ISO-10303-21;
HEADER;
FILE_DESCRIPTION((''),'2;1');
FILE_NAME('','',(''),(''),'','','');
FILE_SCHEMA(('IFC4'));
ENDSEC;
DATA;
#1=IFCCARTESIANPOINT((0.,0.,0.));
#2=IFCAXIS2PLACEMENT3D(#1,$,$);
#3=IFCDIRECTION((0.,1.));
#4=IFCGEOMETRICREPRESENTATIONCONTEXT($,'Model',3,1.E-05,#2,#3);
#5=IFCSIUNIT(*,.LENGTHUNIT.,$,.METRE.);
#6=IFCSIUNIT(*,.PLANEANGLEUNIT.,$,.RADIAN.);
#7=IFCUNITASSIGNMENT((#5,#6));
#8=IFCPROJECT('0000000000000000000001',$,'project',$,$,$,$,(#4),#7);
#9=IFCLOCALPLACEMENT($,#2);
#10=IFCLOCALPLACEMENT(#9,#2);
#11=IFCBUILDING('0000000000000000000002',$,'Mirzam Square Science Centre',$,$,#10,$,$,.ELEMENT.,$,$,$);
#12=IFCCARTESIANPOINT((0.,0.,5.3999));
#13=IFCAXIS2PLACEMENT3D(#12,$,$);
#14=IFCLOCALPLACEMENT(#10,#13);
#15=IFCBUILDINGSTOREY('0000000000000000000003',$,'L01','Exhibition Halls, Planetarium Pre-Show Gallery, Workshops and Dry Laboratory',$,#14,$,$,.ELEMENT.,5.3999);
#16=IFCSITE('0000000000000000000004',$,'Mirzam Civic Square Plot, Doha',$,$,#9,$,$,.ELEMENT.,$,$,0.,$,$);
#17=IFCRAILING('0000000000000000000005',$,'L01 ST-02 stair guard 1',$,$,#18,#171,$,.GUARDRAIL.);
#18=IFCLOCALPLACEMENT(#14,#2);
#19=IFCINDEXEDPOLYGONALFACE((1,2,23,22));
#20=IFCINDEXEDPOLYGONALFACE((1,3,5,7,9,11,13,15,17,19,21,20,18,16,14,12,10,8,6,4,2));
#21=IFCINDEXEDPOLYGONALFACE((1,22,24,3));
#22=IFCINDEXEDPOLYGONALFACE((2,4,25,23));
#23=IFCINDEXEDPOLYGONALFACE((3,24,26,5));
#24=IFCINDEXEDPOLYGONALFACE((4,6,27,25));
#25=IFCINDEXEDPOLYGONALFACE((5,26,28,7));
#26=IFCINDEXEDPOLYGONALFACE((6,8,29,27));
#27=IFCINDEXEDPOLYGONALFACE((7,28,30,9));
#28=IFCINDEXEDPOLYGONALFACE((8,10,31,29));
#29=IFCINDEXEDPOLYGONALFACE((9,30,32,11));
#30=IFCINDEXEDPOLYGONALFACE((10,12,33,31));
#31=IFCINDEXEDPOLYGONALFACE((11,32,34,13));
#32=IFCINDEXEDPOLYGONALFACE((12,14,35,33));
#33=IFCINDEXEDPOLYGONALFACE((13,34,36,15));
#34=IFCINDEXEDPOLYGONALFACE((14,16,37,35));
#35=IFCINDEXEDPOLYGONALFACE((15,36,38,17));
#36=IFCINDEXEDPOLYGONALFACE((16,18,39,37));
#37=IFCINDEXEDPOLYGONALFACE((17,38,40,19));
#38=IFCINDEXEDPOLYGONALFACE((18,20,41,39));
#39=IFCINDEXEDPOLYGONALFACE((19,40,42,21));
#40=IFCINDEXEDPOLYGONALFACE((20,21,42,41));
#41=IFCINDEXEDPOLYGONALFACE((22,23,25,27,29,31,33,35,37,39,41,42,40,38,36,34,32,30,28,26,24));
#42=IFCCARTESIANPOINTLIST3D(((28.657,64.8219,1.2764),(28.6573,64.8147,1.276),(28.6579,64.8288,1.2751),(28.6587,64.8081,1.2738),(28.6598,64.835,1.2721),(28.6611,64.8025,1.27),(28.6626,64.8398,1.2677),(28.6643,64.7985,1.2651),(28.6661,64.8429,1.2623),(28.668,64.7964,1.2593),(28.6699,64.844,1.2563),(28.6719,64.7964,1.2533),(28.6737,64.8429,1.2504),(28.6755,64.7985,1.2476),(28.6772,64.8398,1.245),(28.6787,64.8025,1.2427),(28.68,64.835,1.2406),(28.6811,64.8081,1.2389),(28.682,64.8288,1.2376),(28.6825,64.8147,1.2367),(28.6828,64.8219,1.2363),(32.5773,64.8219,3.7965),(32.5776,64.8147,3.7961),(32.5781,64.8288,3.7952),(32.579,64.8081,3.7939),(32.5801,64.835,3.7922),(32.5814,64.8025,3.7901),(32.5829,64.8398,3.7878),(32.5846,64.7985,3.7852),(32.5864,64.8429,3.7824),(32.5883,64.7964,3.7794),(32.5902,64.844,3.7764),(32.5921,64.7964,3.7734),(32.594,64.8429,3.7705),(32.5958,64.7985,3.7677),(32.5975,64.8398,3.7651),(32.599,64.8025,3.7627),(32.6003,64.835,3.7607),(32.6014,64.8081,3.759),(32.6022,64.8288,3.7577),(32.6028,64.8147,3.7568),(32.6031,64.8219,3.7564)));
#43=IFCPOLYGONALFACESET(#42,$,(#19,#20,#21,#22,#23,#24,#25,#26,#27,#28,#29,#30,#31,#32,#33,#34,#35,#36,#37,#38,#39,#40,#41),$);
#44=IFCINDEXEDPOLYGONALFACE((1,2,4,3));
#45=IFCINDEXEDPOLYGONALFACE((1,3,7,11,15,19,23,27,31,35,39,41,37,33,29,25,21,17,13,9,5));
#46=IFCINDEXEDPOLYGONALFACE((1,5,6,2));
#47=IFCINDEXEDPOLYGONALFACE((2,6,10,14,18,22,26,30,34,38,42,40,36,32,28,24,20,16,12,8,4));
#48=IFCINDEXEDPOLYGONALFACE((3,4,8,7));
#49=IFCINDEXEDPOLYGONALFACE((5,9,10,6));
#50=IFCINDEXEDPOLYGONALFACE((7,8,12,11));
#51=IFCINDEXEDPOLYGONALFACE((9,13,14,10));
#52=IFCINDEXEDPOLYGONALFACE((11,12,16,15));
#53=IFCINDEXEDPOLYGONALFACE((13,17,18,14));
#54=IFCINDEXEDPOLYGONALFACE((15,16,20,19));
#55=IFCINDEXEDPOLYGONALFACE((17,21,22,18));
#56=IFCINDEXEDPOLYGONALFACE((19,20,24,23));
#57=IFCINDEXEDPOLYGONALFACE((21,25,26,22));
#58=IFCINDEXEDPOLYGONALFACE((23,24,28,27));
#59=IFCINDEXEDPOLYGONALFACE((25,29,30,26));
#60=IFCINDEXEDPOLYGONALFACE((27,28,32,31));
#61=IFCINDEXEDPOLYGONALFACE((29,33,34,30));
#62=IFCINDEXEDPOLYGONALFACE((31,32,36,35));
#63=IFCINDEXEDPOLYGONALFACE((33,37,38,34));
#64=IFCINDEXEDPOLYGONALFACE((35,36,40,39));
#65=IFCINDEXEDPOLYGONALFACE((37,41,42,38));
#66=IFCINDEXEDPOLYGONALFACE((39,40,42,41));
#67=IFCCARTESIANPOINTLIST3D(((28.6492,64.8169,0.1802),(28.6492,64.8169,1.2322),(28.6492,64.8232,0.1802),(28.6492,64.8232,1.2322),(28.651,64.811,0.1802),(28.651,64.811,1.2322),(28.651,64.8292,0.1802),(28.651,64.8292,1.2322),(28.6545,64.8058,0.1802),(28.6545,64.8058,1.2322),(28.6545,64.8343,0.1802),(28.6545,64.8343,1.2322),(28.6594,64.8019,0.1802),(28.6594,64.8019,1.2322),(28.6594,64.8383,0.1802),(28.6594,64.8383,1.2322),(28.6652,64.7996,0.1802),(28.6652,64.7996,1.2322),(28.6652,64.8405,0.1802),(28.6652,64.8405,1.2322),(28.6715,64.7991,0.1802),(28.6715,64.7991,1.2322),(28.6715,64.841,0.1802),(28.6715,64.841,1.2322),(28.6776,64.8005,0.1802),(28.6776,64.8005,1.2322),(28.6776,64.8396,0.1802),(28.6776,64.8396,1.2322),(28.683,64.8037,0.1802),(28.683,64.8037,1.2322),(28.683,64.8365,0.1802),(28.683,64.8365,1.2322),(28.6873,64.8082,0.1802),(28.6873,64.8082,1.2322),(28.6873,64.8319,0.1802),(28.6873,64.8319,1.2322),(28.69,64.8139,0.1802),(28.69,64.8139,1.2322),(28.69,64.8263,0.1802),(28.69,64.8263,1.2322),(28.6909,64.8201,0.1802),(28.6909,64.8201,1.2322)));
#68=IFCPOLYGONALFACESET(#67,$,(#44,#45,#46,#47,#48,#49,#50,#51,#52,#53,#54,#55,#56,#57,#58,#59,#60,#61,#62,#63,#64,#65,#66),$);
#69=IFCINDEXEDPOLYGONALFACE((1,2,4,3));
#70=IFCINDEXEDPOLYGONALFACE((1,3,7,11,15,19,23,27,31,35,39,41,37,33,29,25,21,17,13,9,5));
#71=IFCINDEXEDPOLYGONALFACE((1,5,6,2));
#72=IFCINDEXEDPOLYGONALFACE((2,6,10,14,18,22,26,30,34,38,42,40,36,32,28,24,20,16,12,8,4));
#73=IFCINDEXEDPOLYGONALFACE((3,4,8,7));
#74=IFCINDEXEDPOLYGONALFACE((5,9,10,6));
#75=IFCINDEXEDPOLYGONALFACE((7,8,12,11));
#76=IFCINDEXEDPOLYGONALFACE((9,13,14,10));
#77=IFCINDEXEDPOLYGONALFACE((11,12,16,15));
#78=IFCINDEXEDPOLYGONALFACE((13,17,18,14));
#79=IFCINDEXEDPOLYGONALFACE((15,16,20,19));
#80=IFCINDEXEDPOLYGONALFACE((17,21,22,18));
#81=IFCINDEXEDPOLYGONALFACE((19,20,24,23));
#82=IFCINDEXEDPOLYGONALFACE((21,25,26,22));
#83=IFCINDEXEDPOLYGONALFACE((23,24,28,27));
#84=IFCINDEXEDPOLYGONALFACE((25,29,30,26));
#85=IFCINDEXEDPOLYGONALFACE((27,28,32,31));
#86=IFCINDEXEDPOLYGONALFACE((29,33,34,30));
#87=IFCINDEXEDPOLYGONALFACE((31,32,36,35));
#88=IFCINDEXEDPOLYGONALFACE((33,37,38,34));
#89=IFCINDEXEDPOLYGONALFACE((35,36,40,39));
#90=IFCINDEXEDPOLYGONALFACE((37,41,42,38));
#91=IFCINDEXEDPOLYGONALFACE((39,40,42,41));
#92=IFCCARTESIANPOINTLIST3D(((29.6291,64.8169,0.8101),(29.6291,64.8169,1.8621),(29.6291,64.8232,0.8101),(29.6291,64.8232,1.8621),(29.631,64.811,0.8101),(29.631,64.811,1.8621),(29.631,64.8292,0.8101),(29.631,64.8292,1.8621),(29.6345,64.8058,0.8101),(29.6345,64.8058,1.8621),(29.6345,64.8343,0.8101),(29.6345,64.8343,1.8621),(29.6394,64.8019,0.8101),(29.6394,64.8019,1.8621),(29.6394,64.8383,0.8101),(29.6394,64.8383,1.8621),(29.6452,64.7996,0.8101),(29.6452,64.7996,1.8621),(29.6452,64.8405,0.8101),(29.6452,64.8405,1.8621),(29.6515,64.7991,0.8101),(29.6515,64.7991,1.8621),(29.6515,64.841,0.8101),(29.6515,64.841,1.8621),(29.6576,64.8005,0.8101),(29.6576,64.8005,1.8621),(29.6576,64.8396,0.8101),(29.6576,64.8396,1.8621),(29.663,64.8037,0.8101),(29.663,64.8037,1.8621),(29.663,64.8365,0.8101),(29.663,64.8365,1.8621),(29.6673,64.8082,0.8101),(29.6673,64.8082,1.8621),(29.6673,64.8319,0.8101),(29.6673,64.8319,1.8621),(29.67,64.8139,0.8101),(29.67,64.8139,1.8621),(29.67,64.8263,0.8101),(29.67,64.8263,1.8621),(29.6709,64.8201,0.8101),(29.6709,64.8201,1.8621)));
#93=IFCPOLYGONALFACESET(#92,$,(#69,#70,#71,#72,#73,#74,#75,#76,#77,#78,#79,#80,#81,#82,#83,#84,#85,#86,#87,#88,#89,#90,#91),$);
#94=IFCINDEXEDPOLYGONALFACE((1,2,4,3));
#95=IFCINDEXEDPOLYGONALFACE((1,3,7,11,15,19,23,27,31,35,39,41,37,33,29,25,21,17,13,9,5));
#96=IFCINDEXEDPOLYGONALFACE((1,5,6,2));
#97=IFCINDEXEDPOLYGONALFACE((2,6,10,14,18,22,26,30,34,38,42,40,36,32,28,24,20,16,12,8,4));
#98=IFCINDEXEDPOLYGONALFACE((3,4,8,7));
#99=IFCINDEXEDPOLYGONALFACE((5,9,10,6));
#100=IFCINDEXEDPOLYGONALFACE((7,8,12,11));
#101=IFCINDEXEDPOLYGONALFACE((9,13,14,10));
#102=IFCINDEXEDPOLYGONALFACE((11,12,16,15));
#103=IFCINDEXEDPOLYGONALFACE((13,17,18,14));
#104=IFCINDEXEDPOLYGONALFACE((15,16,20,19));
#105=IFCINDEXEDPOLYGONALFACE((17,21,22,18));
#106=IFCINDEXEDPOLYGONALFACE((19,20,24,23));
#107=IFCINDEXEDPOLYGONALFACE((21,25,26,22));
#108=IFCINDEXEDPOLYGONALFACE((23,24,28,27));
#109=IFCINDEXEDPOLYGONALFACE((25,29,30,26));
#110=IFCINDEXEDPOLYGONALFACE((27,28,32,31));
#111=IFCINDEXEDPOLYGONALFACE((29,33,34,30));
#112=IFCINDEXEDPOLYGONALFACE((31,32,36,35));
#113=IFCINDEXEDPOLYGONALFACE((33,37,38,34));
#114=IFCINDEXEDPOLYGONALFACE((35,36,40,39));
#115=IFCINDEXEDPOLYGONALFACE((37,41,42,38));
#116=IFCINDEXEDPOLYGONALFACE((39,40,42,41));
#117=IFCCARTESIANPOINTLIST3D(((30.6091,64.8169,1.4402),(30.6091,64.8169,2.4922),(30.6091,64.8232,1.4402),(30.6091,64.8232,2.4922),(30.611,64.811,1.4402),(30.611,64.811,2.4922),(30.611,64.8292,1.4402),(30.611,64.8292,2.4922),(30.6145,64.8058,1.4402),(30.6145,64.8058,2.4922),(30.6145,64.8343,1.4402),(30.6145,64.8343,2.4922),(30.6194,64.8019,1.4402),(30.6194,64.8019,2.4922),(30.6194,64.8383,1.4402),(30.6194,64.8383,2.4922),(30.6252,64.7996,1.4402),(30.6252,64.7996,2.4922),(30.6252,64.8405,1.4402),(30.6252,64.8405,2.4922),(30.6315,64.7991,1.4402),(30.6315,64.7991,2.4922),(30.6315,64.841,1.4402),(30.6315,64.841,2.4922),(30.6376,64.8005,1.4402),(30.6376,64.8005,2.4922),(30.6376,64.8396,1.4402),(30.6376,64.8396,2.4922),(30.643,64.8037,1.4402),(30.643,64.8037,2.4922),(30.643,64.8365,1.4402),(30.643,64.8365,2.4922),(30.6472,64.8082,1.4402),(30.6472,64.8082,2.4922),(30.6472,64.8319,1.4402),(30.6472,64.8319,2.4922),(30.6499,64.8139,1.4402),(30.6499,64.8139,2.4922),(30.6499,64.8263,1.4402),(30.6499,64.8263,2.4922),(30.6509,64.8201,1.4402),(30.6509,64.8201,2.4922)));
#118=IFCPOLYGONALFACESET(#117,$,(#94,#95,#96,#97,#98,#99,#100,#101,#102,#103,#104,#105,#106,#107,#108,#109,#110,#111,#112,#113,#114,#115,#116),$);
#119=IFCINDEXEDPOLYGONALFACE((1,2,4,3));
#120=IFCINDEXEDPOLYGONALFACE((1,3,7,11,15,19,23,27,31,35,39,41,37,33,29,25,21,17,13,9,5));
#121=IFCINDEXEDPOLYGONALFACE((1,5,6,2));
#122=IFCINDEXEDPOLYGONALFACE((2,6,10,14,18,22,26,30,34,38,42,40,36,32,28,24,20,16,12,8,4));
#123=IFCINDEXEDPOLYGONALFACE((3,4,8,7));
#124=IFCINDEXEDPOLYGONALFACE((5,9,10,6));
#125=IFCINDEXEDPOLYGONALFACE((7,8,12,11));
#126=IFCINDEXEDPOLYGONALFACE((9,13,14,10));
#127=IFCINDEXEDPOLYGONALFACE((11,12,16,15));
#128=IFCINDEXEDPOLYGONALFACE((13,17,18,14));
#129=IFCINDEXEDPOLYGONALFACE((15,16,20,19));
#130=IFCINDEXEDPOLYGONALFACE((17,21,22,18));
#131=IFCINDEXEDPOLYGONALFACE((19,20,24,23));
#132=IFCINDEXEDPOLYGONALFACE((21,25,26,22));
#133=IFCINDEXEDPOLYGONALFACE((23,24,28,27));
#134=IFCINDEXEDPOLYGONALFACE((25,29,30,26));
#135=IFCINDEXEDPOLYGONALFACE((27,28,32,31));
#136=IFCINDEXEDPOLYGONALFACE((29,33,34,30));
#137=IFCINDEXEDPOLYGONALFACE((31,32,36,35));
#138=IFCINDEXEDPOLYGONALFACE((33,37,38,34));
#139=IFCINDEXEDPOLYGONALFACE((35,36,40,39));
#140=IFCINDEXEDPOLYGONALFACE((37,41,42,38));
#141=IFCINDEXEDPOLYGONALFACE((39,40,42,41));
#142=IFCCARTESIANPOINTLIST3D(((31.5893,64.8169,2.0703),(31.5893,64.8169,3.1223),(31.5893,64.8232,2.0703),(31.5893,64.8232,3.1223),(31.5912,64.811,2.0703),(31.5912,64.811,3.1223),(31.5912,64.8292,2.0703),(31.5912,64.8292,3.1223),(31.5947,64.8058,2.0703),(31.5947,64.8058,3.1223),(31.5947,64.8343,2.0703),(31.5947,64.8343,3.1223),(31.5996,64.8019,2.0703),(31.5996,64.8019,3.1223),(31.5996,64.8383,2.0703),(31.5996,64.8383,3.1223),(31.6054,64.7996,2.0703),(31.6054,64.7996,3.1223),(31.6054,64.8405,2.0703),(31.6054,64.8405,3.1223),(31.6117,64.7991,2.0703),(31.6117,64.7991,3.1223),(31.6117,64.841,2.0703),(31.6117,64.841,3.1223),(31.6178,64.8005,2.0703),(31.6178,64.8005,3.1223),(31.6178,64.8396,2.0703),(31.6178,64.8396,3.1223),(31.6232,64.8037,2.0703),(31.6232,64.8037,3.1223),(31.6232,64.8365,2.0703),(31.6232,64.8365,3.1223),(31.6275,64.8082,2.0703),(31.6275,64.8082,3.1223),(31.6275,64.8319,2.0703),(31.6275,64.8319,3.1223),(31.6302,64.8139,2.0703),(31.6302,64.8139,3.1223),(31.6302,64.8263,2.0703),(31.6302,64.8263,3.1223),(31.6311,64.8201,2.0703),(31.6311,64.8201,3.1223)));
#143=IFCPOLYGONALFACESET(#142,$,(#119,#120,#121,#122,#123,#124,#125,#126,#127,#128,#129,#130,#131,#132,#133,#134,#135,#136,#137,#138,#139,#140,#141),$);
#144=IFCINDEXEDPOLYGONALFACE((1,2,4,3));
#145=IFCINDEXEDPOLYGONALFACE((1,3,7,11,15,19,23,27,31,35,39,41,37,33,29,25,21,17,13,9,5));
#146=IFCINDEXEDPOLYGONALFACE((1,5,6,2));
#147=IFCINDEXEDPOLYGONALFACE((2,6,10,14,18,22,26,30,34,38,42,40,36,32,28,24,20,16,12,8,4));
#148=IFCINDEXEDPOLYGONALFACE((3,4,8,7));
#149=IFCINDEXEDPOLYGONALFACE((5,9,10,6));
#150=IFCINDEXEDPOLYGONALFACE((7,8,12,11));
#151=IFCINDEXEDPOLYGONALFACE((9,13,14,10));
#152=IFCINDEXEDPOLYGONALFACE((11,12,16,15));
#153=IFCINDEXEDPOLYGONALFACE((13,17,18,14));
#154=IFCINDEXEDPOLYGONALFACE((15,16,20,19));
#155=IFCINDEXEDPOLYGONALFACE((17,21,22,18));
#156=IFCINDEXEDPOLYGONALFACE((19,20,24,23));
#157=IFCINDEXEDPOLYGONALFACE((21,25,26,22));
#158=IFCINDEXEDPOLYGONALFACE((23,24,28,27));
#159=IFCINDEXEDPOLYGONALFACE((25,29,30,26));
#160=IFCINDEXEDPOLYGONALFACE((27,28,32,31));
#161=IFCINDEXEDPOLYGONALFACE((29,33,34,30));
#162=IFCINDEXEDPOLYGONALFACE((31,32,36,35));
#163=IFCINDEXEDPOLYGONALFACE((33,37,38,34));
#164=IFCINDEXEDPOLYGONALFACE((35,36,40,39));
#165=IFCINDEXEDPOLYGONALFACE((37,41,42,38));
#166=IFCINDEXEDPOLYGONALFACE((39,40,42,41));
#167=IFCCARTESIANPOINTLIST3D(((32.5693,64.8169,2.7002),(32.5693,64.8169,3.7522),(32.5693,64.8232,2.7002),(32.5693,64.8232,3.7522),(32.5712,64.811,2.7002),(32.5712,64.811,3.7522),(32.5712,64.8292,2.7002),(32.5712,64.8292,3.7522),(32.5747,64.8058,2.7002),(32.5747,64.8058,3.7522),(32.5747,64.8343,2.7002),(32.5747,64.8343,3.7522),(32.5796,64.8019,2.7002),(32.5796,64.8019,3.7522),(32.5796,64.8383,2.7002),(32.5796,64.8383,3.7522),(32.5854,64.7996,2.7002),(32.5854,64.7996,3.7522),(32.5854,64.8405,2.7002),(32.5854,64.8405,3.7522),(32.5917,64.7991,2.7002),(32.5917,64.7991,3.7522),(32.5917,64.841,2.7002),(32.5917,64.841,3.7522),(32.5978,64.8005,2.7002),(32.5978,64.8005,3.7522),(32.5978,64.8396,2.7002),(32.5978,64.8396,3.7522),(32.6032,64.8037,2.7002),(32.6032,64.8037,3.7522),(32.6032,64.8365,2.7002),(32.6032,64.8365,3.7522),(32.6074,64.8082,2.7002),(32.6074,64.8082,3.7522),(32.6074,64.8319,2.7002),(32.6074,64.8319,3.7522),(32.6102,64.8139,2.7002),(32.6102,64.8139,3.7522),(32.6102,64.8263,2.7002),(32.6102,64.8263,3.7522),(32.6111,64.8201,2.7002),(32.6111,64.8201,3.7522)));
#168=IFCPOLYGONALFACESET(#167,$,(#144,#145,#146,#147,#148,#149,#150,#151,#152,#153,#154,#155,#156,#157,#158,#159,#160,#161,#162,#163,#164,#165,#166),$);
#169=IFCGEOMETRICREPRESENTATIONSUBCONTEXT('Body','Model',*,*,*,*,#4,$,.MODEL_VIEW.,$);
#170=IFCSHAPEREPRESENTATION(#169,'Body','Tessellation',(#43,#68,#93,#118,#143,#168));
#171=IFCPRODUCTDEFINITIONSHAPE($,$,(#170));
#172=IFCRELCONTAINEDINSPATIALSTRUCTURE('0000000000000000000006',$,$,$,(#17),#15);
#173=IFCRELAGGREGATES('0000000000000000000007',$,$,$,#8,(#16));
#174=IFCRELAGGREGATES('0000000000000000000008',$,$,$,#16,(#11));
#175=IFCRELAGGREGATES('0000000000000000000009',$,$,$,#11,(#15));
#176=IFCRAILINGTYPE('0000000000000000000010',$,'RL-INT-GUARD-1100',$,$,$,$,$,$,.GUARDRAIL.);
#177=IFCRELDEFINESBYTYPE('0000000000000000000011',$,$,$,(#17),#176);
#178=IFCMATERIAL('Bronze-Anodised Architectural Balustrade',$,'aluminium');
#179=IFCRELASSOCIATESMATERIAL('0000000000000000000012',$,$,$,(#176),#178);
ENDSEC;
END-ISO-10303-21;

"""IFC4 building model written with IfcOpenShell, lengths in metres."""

from ifc_helpers import new_model, si_unit, direction, frame, origin, origin_2d, place, context, subcontext, project, spatial, circle, extrude, material, type_object, element, save


model = new_model("IFC4")

# Units and contexts
model_context = context("Model", 3, precision=1e-05, world=origin(), true_north=direction((0.0, 1.0)))
body_context = subcontext(model_context, "Body", "Model", "MODEL_VIEW")
ifc_project = project(units=[si_unit("LENGTHUNIT", "METRE"), si_unit("PLANEANGLEUNIT", "RADIAN")], contexts=[model_context])

# Site, building, storey
site_placement = place(None, origin())
site = spatial("IfcSite", under=ifc_project, at=site_placement, Name="Mirzam Civic Square Plot, Doha", CompositionType="ELEMENT", RefElevation=0.0)
building_placement = place(site_placement, origin())
building = spatial("IfcBuilding", under=site, at=building_placement, Name="Mirzam Square Science Centre", CompositionType="ELEMENT")
storey_placement = place(building_placement, frame((0.0, 0.0, 5.3999)))
storey = spatial("IfcBuildingStorey", under=building, at=storey_placement, Name="L01", Description="Exhibition Halls, Planetarium Pre-Show Gallery, Workshops and Dry Laboratory", CompositionType="ELEMENT", Elevation=5.3999)

# Railing
ifc_material_1 = material(Name="Bronze-Anodised Architectural Balustrade", Category="aluminium")
railing_type_1 = type_object("IfcRailingType", Name="RL-INT-GUARD-1100", PredefinedType="GUARDRAIL", material=ifc_material_1)
railing_1_placement = place(storey_placement, frame((28.6699, 64.8201, 0.1802)))
element("IfcRailing", 1, at=railing_1_placement, inside=storey, type_object=railing_type_1, Name="L01 ST-02 stair guard 1", PredefinedType="GUARDRAIL", context=body_context, shape_type="SweptSolid", body=[
    extrude(circle(Radius=0.0239, at=origin_2d()), frame((0.0, 0.0, 1.0762), z_axis=(0.841187, 0.0, 0.540744), x_axis=(0.0, 1.0, 0.0)), (0.0, 0.0, 1.0), 4.6604),
    extrude(circle(Radius=0.021, at=origin_2d()), origin(), (0.0, 0.0, 1.0), 1.052),
    extrude(circle(Radius=0.021, at=origin_2d()), frame((0.98, 0.0, 0.6299)), (0.0, 0.0, 1.0), 1.052),
    extrude(circle(Radius=0.021, at=origin_2d()), frame((1.96, 0.0, 1.26)), (0.0, 0.0, 1.0), 1.052),
    extrude(circle(Radius=0.021, at=origin_2d()), frame((2.9402, 0.0, 1.8901)), (0.0, 0.0, 1.0), 1.052),
    extrude(circle(Radius=0.021, at=origin_2d()), frame((3.9202, 0.0, 2.52)), (0.0, 0.0, 1.0), 1.052),
])

save(model, "model.ifc")
